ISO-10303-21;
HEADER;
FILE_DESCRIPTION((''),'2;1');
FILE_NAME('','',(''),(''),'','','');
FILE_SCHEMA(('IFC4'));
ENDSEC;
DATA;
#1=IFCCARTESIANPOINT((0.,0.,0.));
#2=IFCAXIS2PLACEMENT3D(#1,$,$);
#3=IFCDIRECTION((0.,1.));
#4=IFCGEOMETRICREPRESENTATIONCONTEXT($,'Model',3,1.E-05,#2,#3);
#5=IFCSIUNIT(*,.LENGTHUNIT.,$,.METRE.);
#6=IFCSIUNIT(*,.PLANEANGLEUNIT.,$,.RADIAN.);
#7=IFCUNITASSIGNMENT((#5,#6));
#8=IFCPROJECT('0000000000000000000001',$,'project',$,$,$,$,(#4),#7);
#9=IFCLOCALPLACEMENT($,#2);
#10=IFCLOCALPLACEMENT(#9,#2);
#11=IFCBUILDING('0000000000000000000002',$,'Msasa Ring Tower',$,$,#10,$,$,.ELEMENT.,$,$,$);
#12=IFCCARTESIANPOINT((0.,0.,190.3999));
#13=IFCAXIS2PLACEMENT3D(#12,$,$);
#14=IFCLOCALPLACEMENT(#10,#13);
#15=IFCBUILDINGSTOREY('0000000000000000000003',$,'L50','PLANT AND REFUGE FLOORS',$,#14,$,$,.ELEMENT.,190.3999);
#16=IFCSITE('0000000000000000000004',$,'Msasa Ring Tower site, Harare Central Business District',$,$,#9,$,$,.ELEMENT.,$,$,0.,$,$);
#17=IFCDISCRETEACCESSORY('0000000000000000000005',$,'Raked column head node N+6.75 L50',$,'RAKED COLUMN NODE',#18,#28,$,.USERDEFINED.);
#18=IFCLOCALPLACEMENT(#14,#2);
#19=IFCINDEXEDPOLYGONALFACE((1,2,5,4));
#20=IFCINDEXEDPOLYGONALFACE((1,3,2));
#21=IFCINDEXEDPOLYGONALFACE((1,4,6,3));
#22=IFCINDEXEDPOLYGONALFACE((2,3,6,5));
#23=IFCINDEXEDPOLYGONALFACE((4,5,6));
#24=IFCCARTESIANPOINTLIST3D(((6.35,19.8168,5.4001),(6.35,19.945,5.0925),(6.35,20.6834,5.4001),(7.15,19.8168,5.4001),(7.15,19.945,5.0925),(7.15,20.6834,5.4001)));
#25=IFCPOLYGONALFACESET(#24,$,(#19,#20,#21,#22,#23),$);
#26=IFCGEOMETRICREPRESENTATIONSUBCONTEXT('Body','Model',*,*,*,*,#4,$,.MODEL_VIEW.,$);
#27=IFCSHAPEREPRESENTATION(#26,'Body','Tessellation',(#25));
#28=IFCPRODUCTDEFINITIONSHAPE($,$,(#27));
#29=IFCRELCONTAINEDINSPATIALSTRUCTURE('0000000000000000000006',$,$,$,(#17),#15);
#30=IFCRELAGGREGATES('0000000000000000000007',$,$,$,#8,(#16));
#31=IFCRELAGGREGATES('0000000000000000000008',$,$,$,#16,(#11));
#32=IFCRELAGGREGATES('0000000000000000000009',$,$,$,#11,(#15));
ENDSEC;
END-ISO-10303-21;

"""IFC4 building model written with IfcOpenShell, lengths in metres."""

from ifc_helpers import new_model, si_unit, direction, frame, origin, origin_2d, place, context, subcontext, project, spatial, rectangle, extrude, clip, halfspace, element, save


model = new_model("IFC4")

# Units and contexts
model_context = context("Model", 3, precision=1e-05, world=origin(), true_north=direction((0.0, 1.0)))
body_context = subcontext(model_context, "Body", "Model", "MODEL_VIEW")
ifc_project = project(units=[si_unit("LENGTHUNIT", "METRE"), si_unit("PLANEANGLEUNIT", "RADIAN")], contexts=[model_context])

# Site, building, storey
site_placement = place(None, origin())
site = spatial("IfcSite", under=ifc_project, at=site_placement, Name="Msasa Ring Tower site, Harare Central Business District", CompositionType="ELEMENT", RefElevation=0.0)
building_placement = place(site_placement, origin())
building = spatial("IfcBuilding", under=site, at=building_placement, Name="Msasa Ring Tower", CompositionType="ELEMENT")
storey_placement = place(building_placement, frame((0.0, 0.0, 190.3999)))
storey = spatial("IfcBuildingStorey", under=building, at=storey_placement, Name="L50", Description="PLANT AND REFUGE FLOORS", CompositionType="ELEMENT", Elevation=190.3999)

# Discrete accessory
discrete_accessory_1_placement = place(storey_placement, frame((6.75, 20.25, 5.4001)))
element("IfcDiscreteAccessory", 1, at=discrete_accessory_1_placement, inside=storey, Name="Raked column head node N+6.75 L50", ObjectType="RAKED COLUMN NODE", PredefinedType="USERDEFINED", context=body_context, shape_type="Clipping", body=[
    clip(extrude(rectangle(XDim=0.8, YDim=0.8, at=origin_2d()), frame((0.0, 0.0642, -0.1538), z_axis=(0.0, -0.384615, 0.923077), x_axis=(0.0, 0.923077, 0.384615)), (0.0, 0.0, 1.0), 0.3335), halfspace(frame((0.0, 0.0, 0.0), z_axis=(0.0, 0.0, -1.0)), True)),
])

save(model, "model.ifc")
